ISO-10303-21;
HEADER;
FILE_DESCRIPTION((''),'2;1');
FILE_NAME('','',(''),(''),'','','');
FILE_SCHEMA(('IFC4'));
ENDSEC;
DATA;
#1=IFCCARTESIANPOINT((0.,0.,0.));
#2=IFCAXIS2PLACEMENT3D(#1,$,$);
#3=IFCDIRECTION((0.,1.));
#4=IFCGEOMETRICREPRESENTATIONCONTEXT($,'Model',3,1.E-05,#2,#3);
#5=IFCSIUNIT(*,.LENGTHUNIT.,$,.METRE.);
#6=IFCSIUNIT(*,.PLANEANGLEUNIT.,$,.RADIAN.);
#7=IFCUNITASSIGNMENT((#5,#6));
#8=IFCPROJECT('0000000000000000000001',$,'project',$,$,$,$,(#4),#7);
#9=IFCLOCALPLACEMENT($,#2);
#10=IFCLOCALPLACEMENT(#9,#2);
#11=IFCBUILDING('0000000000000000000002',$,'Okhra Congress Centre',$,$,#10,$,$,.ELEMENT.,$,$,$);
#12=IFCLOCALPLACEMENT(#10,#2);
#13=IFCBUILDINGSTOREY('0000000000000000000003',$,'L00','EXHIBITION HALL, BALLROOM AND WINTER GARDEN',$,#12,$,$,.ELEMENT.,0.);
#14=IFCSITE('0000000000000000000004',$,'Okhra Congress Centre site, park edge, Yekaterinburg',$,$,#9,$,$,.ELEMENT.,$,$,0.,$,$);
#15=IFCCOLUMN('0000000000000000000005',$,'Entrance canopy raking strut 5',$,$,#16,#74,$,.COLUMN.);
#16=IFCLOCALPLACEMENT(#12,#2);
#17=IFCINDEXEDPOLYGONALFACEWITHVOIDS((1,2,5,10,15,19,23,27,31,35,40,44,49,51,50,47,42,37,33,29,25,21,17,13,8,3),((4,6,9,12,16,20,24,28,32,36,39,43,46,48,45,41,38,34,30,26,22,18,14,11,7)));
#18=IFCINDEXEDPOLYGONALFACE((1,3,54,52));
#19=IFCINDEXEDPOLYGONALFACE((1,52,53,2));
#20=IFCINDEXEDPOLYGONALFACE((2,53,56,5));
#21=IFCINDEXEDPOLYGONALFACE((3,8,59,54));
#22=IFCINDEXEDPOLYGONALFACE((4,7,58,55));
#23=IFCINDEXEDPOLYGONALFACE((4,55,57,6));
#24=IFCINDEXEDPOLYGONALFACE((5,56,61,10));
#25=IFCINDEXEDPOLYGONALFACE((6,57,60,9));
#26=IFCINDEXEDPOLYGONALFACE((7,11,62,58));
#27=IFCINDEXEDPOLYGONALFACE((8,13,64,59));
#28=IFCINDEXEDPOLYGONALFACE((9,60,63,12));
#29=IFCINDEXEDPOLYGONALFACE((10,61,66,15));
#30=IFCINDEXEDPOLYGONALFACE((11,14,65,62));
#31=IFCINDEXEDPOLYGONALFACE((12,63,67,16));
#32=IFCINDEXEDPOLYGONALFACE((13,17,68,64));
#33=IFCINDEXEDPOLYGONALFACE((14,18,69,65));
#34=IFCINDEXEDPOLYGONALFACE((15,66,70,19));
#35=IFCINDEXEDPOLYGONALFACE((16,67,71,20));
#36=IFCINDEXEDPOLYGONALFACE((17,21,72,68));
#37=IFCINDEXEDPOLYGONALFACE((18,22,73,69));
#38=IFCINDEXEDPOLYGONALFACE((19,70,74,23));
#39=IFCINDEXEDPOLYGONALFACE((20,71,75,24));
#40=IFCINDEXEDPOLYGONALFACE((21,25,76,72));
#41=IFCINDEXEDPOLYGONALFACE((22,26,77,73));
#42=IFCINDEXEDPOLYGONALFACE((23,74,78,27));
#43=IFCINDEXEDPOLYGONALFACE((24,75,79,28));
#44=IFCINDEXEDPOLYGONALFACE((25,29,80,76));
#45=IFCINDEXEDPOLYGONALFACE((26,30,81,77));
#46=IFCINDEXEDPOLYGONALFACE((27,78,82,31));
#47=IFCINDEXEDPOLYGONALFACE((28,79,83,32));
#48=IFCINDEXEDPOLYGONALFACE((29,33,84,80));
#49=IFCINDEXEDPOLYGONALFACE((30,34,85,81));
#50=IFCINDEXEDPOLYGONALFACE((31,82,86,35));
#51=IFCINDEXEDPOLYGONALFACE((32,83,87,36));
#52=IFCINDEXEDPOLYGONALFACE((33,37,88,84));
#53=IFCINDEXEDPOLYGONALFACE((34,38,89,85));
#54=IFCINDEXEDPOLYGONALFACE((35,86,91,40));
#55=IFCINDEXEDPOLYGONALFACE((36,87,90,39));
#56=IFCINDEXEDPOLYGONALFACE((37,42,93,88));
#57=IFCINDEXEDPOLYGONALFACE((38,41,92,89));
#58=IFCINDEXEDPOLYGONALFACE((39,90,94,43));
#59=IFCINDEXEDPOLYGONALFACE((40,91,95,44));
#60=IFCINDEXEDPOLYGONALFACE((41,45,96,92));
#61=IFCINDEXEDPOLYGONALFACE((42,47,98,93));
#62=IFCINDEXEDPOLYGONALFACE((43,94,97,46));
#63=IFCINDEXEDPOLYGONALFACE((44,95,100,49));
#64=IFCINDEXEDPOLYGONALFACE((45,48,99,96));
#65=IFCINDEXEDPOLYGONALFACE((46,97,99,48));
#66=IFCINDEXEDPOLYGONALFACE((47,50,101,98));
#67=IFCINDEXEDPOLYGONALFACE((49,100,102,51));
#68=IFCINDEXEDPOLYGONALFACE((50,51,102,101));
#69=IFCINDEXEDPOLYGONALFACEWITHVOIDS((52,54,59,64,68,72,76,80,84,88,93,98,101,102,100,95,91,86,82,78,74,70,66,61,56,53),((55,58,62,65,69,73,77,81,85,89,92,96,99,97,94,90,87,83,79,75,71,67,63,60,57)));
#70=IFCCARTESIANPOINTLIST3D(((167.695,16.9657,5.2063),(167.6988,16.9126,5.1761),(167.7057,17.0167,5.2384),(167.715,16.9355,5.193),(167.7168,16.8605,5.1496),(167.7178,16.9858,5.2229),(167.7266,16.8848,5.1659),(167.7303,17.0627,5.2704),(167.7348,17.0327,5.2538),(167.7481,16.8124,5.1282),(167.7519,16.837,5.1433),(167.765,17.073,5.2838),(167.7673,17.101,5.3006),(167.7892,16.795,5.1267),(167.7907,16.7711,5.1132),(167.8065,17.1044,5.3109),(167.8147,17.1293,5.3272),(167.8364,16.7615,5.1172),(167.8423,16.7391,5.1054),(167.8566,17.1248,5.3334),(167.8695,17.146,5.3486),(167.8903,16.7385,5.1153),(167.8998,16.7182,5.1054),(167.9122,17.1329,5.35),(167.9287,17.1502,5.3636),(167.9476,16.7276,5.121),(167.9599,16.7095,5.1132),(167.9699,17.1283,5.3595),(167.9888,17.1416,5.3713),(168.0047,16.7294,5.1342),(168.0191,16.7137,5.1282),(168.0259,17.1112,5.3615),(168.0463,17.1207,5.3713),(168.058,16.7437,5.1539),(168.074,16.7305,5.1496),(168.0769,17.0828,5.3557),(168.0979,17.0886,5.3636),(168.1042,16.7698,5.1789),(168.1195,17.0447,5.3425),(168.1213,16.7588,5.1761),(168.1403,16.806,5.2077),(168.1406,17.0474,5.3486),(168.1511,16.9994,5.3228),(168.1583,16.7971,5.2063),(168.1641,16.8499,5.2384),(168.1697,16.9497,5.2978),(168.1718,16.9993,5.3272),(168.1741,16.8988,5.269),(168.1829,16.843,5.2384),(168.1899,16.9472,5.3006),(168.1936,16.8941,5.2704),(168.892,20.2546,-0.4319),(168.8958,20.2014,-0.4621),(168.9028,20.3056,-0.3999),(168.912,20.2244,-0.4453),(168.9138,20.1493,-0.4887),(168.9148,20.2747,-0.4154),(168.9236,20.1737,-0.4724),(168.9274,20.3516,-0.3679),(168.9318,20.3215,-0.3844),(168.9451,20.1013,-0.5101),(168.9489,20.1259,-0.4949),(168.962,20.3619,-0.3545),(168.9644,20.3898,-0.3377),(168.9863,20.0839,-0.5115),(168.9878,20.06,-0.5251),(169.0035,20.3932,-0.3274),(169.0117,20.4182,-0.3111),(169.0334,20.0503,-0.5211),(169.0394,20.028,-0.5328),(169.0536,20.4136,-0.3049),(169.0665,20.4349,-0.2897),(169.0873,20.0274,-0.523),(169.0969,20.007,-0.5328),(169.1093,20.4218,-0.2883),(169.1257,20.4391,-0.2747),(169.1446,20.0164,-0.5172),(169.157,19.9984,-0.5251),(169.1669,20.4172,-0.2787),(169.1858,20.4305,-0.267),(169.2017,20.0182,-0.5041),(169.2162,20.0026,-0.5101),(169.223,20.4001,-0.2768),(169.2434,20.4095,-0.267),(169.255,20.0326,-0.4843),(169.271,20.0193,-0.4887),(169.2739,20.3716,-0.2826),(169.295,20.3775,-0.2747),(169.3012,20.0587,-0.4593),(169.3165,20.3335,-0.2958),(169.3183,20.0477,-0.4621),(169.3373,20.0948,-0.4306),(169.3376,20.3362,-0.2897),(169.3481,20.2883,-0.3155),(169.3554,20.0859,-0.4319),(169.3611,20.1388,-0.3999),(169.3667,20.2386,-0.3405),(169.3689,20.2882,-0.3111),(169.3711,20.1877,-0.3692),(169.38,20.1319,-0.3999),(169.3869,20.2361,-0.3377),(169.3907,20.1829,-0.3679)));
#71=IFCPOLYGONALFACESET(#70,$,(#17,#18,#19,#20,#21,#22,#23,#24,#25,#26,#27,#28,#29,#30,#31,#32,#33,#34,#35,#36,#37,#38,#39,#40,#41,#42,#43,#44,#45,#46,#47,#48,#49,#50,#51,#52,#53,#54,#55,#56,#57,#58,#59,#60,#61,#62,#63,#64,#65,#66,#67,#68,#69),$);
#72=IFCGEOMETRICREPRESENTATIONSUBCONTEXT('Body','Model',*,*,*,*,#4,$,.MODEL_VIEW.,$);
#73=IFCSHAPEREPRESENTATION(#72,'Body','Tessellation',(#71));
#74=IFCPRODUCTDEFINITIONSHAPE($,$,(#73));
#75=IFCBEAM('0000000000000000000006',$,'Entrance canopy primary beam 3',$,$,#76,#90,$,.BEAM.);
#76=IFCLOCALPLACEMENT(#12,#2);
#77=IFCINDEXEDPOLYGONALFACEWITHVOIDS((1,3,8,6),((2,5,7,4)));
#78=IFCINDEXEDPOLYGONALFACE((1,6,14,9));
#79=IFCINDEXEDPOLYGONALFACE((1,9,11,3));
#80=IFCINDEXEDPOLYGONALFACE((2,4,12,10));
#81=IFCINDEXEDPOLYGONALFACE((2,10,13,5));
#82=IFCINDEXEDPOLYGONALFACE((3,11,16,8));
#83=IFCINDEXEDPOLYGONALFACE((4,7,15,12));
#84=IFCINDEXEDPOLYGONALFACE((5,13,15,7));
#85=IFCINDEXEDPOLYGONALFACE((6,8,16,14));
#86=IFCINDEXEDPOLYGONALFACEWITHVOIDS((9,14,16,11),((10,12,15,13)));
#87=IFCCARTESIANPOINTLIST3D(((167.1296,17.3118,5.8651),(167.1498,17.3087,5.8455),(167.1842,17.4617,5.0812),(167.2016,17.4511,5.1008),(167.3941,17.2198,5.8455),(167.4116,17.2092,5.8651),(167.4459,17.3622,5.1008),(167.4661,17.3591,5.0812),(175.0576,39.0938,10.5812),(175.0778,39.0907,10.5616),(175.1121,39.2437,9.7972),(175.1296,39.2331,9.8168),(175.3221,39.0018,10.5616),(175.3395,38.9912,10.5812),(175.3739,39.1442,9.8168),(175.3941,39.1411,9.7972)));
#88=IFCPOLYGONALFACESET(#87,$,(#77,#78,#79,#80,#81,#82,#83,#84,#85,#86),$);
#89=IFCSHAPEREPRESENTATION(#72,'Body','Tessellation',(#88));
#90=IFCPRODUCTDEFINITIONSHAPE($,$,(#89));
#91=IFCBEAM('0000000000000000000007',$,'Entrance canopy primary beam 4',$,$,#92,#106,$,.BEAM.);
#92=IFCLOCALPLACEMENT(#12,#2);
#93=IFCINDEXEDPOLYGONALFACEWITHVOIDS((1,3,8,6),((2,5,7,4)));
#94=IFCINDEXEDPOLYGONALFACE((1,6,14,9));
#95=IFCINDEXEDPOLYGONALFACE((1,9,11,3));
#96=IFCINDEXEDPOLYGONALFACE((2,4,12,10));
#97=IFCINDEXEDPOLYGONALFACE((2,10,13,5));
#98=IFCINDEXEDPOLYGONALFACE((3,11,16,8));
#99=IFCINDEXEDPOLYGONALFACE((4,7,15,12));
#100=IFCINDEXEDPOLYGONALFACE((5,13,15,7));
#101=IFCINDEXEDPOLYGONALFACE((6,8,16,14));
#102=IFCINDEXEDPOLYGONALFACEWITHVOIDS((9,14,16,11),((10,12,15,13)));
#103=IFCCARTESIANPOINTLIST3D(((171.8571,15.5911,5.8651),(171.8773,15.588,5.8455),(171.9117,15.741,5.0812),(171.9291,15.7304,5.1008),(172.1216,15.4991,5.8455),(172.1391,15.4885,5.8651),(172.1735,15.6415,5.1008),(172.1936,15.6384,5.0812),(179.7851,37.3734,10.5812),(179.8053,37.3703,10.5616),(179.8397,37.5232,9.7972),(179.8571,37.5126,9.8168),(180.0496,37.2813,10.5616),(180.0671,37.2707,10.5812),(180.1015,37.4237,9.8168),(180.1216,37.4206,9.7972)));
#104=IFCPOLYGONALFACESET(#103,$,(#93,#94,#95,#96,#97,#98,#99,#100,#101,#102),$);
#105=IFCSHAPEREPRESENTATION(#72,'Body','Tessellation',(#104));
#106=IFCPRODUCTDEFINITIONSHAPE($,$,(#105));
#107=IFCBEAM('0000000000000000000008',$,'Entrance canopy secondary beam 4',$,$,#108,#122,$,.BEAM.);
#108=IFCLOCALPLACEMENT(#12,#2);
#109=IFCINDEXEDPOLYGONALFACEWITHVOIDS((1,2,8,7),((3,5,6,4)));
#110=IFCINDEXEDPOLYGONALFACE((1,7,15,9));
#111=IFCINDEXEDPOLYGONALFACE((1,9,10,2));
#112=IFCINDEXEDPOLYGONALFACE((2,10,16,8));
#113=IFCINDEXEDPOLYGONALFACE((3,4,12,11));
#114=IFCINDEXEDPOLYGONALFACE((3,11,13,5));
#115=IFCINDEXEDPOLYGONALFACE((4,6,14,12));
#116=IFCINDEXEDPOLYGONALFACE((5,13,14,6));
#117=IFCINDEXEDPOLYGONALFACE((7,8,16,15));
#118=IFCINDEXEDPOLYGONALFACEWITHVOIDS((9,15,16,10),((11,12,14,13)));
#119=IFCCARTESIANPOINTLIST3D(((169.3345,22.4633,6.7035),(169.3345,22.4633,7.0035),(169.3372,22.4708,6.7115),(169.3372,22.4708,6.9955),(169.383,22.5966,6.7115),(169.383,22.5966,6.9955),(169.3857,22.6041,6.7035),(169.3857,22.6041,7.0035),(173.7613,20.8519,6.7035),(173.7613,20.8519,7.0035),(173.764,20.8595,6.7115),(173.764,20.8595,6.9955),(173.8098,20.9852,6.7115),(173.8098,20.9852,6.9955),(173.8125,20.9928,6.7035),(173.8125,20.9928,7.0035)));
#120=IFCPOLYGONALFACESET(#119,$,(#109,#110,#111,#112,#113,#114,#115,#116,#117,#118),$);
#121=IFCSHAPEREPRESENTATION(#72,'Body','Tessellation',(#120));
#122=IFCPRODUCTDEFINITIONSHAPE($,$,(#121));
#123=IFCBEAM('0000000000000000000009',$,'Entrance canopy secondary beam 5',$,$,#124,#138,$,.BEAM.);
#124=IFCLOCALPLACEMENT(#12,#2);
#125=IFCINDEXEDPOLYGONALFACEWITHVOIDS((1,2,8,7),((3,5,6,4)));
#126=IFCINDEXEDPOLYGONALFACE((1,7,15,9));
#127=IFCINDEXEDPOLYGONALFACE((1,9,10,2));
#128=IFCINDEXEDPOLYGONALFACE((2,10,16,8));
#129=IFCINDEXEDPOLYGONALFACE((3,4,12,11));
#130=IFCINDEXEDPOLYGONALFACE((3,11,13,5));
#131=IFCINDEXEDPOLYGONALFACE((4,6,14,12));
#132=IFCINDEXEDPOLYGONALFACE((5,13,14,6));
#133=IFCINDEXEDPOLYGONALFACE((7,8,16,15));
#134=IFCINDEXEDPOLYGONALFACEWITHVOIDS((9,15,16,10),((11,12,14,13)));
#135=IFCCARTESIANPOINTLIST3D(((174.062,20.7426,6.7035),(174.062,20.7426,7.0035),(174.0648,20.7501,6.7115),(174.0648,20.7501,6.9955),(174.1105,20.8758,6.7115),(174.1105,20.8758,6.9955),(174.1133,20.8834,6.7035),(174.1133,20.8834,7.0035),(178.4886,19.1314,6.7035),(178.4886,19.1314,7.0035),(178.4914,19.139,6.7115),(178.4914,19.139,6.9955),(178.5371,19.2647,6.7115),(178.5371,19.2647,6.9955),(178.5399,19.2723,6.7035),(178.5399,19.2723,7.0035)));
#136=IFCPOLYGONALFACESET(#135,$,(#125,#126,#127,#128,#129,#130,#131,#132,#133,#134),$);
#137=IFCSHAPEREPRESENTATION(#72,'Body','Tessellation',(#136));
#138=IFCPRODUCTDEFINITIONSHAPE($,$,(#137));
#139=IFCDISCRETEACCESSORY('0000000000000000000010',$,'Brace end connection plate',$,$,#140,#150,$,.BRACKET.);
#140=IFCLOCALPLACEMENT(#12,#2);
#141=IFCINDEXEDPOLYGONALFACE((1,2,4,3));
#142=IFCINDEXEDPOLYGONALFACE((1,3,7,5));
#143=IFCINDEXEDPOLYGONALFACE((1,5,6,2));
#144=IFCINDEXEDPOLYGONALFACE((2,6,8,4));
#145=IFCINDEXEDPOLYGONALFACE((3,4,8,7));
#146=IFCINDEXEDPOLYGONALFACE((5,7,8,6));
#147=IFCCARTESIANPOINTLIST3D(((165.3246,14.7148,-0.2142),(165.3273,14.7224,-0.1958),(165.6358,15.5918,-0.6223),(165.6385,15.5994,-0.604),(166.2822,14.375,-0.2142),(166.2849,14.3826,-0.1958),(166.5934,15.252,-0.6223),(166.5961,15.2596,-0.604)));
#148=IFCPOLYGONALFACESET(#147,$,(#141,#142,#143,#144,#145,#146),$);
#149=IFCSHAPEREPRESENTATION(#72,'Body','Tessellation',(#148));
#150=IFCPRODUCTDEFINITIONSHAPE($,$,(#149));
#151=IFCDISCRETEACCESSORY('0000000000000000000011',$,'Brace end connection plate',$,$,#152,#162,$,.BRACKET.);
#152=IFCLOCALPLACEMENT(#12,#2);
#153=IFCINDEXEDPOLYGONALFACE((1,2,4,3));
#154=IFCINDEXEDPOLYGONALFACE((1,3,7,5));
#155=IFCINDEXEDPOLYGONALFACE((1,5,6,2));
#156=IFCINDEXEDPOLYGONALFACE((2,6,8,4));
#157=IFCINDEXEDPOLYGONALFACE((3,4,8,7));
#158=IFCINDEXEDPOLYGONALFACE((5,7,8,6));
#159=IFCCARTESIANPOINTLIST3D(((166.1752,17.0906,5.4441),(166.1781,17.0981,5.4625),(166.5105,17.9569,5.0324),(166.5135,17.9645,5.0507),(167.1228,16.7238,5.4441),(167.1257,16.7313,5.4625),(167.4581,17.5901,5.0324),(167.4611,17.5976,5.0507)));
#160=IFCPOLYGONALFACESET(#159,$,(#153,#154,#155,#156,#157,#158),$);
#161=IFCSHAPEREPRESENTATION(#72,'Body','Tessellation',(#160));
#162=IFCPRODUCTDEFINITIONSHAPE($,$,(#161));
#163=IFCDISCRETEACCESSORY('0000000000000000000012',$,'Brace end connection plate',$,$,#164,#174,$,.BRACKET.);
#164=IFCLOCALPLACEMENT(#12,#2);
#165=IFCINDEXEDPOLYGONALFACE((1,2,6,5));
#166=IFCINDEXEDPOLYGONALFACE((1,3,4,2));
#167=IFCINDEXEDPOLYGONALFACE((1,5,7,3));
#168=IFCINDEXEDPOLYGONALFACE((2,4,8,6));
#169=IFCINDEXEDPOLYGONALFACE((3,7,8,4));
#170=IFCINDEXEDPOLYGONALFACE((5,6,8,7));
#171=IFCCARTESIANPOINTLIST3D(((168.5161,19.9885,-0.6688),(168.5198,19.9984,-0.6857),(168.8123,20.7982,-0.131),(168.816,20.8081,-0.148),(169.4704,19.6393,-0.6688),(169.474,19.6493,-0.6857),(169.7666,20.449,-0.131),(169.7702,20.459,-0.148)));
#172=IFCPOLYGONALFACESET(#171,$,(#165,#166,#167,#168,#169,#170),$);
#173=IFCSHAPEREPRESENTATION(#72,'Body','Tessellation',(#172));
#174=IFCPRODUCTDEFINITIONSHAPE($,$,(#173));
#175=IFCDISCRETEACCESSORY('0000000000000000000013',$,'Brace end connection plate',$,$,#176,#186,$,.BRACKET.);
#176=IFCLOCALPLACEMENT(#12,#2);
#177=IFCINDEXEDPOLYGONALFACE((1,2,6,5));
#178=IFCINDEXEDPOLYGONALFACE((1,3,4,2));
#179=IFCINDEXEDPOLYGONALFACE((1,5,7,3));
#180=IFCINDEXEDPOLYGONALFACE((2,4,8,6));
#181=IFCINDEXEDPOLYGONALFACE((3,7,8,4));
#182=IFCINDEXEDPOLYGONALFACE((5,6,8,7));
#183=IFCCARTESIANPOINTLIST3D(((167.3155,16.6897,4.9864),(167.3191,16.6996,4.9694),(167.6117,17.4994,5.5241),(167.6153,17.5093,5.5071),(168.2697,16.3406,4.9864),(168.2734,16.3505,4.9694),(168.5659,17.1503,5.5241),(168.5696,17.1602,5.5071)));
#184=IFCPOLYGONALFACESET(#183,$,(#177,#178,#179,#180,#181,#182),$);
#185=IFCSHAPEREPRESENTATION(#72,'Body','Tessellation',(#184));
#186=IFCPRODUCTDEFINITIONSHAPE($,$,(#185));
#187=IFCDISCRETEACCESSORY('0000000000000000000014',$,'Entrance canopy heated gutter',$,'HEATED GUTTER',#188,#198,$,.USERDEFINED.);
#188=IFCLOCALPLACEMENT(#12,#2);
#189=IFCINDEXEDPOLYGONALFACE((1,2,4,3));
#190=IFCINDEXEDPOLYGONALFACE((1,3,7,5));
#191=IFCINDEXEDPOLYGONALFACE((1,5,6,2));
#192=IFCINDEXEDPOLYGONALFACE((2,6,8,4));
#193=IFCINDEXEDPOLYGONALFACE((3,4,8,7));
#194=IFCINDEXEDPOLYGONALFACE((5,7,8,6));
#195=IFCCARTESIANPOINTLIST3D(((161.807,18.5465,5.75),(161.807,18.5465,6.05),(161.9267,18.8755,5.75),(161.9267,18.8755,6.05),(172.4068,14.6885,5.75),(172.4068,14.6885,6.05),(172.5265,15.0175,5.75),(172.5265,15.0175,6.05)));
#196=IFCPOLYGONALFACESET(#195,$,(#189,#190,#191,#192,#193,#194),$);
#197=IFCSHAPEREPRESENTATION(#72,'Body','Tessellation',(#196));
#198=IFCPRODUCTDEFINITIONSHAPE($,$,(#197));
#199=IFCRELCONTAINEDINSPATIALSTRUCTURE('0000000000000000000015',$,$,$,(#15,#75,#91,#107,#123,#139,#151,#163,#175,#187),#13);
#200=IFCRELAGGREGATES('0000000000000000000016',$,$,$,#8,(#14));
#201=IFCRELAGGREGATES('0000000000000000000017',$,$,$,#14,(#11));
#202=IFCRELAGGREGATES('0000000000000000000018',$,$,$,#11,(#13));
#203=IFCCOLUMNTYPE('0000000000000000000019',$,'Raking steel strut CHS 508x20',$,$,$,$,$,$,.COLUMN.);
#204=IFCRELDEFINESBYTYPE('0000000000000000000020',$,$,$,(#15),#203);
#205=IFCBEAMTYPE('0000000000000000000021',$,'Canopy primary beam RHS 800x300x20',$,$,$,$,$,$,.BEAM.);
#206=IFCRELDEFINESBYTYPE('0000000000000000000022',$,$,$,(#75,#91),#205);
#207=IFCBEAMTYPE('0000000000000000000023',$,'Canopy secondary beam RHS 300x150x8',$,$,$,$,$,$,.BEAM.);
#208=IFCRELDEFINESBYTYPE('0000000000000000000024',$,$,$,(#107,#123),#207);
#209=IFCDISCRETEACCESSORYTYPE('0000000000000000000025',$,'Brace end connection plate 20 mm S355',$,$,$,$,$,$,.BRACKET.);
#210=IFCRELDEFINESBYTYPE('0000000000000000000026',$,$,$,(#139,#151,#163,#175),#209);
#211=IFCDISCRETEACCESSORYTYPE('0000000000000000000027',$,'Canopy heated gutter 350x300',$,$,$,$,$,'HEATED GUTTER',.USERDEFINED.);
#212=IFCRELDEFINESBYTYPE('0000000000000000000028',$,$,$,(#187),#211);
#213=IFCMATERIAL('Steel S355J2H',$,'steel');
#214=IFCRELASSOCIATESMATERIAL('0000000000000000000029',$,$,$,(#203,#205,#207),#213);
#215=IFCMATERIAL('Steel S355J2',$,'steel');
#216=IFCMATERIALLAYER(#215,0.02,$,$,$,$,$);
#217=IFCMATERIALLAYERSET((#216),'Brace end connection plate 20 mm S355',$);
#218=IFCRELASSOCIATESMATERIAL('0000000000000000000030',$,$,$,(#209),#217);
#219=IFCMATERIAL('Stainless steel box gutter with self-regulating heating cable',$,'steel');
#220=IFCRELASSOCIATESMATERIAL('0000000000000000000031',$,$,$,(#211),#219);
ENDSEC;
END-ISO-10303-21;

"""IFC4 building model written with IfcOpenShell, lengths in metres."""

from ifc_helpers import new_model, si_unit, direction, frame, origin, origin_2d, place, context, subcontext, project, spatial, rectangle, hollow_rectangle, hollow_circle, extrude, material, layer, layer_set, material_profile, profile_set, type_object, element, save


model = new_model("IFC4")

# Units and contexts
model_context = context("Model", 3, precision=1e-05, world=origin(), true_north=direction((0.0, 1.0)))
body_context = subcontext(model_context, "Body", "Model", "MODEL_VIEW")
ifc_project = project(units=[si_unit("LENGTHUNIT", "METRE"), si_unit("PLANEANGLEUNIT", "RADIAN")], contexts=[model_context])

# Site, building, storey
site_placement = place(None, origin())
site = spatial("IfcSite", under=ifc_project, at=site_placement, Name="Okhra Congress Centre site, park edge, Yekaterinburg", CompositionType="ELEMENT", RefElevation=0.0)
building_placement = place(site_placement, origin())
building = spatial("IfcBuilding", under=site, at=building_placement, Name="Okhra Congress Centre", CompositionType="ELEMENT")
storey_placement = place(building_placement, origin())
storey = spatial("IfcBuildingStorey", under=building, at=storey_placement, Name="L00", Description="EXHIBITION HALL, BALLROOM AND WINTER GARDEN", CompositionType="ELEMENT", Elevation=0.0)

# Column
ifc_material_1 = material(Name="Steel S355J2H", Category="steel")
ifc_material_profile_1 = material_profile(ifc_material_1, hollow_circle(Radius=0.2539, WallThickness=0.02, at=origin_2d()), Name="CHS 508x20")
ifc_profile_set_1 = profile_set([ifc_material_profile_1], Name="Steel S355J2H")
column_type = type_object("IfcColumnType", Name="Raking steel strut CHS 508x20", PredefinedType="COLUMN", material=ifc_profile_set_1)
column_1_placement = place(storey_placement, frame((169.1414, 20.2188, -0.3999), z_axis=(-0.180379, -0.495592, 0.849618), x_axis=(0.939694, -0.342017, 0.0)))
element("IfcColumn", 1, at=column_1_placement, inside=storey, type_object=column_type, Name="Entrance canopy raking strut 5", PredefinedType="COLUMN", context=body_context, shape_type="SweptSolid", body=[
    extrude(hollow_circle(Radius=0.2539, WallThickness=0.02, at=origin_2d()), origin(), (0.0, 0.0, 1.0), 6.6362),
])

# Beams
ifc_material_profile_2 = material_profile(ifc_material_1, hollow_rectangle(XDim=0.3, YDim=0.8, WallThickness=0.02, at=origin_2d()), Name="RHS 800x300x20")
ifc_profile_set_2 = profile_set([ifc_material_profile_2], Name="Steel S355J2H")
beam_type_1 = type_object("IfcBeamType", Name="Canopy primary beam RHS 800x300x20", PredefinedType="BEAM", material=ifc_profile_set_2)
beam_1_placement = place(storey_placement, frame((167.2979, 17.3354, 5.4731), z_axis=(0.335153, 0.920828, 0.19937), x_axis=(-0.939693, 0.34202, 0.0)))
element("IfcBeam", 2, at=beam_1_placement, inside=storey, type_object=beam_type_1, Name="Entrance canopy primary beam 3", PredefinedType="BEAM", context=body_context, shape_type="SweptSolid", body=[
    extrude(hollow_rectangle(XDim=0.3, YDim=0.8, WallThickness=0.02, at=origin_2d()), origin(), (0.0, 0.0, 1.0), 23.6548),
])
beam_2_placement = place(storey_placement, frame((172.0254, 15.6147, 5.4731), z_axis=(0.33515, 0.920829, 0.199369), x_axis=(-0.939694, 0.342016, 0.0)))
element("IfcBeam", 3, at=beam_2_placement, inside=storey, type_object=beam_type_1, Name="Entrance canopy primary beam 4", PredefinedType="BEAM", context=body_context, shape_type="SweptSolid", body=[
    extrude(hollow_rectangle(XDim=0.3, YDim=0.8, WallThickness=0.02, at=origin_2d()), origin(), (0.0, 0.0, 1.0), 23.655),
])
ifc_material_profile_3 = material_profile(ifc_material_1, hollow_rectangle(XDim=0.1499, YDim=0.3, WallThickness=0.0081, at=origin_2d()), Name="RHS 300x150x8")
ifc_profile_set_3 = profile_set([ifc_material_profile_3], Name="Steel S355J2H")
beam_type_2 = type_object("IfcBeamType", Name="Canopy secondary beam RHS 300x150x8", PredefinedType="BEAM", material=ifc_profile_set_3)
beam_3_placement = place(storey_placement, frame((169.3601, 22.5337, 6.8535), z_axis=(0.939684, -0.342043, 0.0), x_axis=(0.342043, 0.939684, 0.0)))
element("IfcBeam", 4, at=beam_3_placement, inside=storey, type_object=beam_type_2, Name="Entrance canopy secondary beam 4", PredefinedType="BEAM", context=body_context, shape_type="SweptSolid", body=[
    extrude(hollow_rectangle(XDim=0.1499, YDim=0.3, WallThickness=0.0081, at=origin_2d()), origin(), (0.0, 0.0, 1.0), 4.7109),
])
beam_4_placement = place(storey_placement, frame((174.0876, 20.813, 6.8535), z_axis=(0.939695, -0.342014, 0.0), x_axis=(0.342014, 0.939695, 0.0)))
element("IfcBeam", 5, at=beam_4_placement, inside=storey, type_object=beam_type_2, Name="Entrance canopy secondary beam 5", PredefinedType="BEAM", context=body_context, shape_type="SweptSolid", body=[
    extrude(hollow_rectangle(XDim=0.1499, YDim=0.3, WallThickness=0.0081, at=origin_2d()), origin(), (0.0, 0.0, 1.0), 4.7107),
])

# Discrete accessories
ifc_material_2 = material(Name="Steel S355J2", Category="steel")
ifc_layer = layer(ifc_material_2, 0.02)
ifc_layer_set = layer_set([ifc_layer], Name="Brace end connection plate 20 mm S355")
discrete_accessory_type_1 = type_object("IfcDiscreteAccessoryType", Name="Brace end connection plate 20 mm S355", PredefinedType="BRACKET", material=ifc_layer_set)
for number, where, z_axis, x_axis, name in (
    (6, (165.9617, 14.991, -0.3999), (-0.134316, -0.378528, -0.915793), (0.942428, -0.33441, 0.0), "Brace end connection plate"),
    (7, (166.8167, 17.3403, 5.2383), (0.146276, 0.37788, 0.914226), (-0.932568, 0.360994, 0.0), "Brace end connection plate"),
    (8, (169.1414, 20.2188, -0.3999), (0.181822, 0.496979, -0.8485), (-0.939123, 0.343582, 0.0), "Brace end connection plate"),
    (9, (167.9443, 16.9299, 5.2383), (-0.181822, -0.496979, 0.8485), (0.939123, -0.343582, 0.0), "Brace end connection plate"),
):
    element("IfcDiscreteAccessory", number, at=place(storey_placement, frame(where, z_axis=z_axis, x_axis=x_axis)), inside=storey, type_object=discrete_accessory_type_1, Name=name, PredefinedType="BRACKET", context=body_context, shape_type="SweptSolid", body=[
        extrude(rectangle(XDim=1.0161, YDim=1.0161, at=origin_2d()), origin(), (0.0, 0.0, 1.0), 0.02),
    ])
ifc_material_3 = material(Name="Stainless steel box gutter with self-regulating heating cable", Category="steel")
discrete_accessory_type_2 = type_object("IfcDiscreteAccessoryType", Name="Canopy heated gutter 350x300", ElementType="HEATED GUTTER", PredefinedType="USERDEFINED", material=ifc_material_3)
discrete_accessory_1_placement = place(storey_placement, frame((167.1667, 16.782, 5.75), z_axis=(0.0, 0.0, 1.0), x_axis=(0.939693, -0.34202, 0.0)))
element("IfcDiscreteAccessory", 10, at=discrete_accessory_1_placement, inside=storey, type_object=discrete_accessory_type_2, Name="Entrance canopy heated gutter", ObjectType="HEATED GUTTER", PredefinedType="USERDEFINED", context=body_context, shape_type="SweptSolid", body=[
    extrude(rectangle(XDim=11.28, YDim=0.3501, at=origin_2d()), origin(), (0.0, 0.0, 1.0), 0.3),
])

save(model, "model.ifc")
